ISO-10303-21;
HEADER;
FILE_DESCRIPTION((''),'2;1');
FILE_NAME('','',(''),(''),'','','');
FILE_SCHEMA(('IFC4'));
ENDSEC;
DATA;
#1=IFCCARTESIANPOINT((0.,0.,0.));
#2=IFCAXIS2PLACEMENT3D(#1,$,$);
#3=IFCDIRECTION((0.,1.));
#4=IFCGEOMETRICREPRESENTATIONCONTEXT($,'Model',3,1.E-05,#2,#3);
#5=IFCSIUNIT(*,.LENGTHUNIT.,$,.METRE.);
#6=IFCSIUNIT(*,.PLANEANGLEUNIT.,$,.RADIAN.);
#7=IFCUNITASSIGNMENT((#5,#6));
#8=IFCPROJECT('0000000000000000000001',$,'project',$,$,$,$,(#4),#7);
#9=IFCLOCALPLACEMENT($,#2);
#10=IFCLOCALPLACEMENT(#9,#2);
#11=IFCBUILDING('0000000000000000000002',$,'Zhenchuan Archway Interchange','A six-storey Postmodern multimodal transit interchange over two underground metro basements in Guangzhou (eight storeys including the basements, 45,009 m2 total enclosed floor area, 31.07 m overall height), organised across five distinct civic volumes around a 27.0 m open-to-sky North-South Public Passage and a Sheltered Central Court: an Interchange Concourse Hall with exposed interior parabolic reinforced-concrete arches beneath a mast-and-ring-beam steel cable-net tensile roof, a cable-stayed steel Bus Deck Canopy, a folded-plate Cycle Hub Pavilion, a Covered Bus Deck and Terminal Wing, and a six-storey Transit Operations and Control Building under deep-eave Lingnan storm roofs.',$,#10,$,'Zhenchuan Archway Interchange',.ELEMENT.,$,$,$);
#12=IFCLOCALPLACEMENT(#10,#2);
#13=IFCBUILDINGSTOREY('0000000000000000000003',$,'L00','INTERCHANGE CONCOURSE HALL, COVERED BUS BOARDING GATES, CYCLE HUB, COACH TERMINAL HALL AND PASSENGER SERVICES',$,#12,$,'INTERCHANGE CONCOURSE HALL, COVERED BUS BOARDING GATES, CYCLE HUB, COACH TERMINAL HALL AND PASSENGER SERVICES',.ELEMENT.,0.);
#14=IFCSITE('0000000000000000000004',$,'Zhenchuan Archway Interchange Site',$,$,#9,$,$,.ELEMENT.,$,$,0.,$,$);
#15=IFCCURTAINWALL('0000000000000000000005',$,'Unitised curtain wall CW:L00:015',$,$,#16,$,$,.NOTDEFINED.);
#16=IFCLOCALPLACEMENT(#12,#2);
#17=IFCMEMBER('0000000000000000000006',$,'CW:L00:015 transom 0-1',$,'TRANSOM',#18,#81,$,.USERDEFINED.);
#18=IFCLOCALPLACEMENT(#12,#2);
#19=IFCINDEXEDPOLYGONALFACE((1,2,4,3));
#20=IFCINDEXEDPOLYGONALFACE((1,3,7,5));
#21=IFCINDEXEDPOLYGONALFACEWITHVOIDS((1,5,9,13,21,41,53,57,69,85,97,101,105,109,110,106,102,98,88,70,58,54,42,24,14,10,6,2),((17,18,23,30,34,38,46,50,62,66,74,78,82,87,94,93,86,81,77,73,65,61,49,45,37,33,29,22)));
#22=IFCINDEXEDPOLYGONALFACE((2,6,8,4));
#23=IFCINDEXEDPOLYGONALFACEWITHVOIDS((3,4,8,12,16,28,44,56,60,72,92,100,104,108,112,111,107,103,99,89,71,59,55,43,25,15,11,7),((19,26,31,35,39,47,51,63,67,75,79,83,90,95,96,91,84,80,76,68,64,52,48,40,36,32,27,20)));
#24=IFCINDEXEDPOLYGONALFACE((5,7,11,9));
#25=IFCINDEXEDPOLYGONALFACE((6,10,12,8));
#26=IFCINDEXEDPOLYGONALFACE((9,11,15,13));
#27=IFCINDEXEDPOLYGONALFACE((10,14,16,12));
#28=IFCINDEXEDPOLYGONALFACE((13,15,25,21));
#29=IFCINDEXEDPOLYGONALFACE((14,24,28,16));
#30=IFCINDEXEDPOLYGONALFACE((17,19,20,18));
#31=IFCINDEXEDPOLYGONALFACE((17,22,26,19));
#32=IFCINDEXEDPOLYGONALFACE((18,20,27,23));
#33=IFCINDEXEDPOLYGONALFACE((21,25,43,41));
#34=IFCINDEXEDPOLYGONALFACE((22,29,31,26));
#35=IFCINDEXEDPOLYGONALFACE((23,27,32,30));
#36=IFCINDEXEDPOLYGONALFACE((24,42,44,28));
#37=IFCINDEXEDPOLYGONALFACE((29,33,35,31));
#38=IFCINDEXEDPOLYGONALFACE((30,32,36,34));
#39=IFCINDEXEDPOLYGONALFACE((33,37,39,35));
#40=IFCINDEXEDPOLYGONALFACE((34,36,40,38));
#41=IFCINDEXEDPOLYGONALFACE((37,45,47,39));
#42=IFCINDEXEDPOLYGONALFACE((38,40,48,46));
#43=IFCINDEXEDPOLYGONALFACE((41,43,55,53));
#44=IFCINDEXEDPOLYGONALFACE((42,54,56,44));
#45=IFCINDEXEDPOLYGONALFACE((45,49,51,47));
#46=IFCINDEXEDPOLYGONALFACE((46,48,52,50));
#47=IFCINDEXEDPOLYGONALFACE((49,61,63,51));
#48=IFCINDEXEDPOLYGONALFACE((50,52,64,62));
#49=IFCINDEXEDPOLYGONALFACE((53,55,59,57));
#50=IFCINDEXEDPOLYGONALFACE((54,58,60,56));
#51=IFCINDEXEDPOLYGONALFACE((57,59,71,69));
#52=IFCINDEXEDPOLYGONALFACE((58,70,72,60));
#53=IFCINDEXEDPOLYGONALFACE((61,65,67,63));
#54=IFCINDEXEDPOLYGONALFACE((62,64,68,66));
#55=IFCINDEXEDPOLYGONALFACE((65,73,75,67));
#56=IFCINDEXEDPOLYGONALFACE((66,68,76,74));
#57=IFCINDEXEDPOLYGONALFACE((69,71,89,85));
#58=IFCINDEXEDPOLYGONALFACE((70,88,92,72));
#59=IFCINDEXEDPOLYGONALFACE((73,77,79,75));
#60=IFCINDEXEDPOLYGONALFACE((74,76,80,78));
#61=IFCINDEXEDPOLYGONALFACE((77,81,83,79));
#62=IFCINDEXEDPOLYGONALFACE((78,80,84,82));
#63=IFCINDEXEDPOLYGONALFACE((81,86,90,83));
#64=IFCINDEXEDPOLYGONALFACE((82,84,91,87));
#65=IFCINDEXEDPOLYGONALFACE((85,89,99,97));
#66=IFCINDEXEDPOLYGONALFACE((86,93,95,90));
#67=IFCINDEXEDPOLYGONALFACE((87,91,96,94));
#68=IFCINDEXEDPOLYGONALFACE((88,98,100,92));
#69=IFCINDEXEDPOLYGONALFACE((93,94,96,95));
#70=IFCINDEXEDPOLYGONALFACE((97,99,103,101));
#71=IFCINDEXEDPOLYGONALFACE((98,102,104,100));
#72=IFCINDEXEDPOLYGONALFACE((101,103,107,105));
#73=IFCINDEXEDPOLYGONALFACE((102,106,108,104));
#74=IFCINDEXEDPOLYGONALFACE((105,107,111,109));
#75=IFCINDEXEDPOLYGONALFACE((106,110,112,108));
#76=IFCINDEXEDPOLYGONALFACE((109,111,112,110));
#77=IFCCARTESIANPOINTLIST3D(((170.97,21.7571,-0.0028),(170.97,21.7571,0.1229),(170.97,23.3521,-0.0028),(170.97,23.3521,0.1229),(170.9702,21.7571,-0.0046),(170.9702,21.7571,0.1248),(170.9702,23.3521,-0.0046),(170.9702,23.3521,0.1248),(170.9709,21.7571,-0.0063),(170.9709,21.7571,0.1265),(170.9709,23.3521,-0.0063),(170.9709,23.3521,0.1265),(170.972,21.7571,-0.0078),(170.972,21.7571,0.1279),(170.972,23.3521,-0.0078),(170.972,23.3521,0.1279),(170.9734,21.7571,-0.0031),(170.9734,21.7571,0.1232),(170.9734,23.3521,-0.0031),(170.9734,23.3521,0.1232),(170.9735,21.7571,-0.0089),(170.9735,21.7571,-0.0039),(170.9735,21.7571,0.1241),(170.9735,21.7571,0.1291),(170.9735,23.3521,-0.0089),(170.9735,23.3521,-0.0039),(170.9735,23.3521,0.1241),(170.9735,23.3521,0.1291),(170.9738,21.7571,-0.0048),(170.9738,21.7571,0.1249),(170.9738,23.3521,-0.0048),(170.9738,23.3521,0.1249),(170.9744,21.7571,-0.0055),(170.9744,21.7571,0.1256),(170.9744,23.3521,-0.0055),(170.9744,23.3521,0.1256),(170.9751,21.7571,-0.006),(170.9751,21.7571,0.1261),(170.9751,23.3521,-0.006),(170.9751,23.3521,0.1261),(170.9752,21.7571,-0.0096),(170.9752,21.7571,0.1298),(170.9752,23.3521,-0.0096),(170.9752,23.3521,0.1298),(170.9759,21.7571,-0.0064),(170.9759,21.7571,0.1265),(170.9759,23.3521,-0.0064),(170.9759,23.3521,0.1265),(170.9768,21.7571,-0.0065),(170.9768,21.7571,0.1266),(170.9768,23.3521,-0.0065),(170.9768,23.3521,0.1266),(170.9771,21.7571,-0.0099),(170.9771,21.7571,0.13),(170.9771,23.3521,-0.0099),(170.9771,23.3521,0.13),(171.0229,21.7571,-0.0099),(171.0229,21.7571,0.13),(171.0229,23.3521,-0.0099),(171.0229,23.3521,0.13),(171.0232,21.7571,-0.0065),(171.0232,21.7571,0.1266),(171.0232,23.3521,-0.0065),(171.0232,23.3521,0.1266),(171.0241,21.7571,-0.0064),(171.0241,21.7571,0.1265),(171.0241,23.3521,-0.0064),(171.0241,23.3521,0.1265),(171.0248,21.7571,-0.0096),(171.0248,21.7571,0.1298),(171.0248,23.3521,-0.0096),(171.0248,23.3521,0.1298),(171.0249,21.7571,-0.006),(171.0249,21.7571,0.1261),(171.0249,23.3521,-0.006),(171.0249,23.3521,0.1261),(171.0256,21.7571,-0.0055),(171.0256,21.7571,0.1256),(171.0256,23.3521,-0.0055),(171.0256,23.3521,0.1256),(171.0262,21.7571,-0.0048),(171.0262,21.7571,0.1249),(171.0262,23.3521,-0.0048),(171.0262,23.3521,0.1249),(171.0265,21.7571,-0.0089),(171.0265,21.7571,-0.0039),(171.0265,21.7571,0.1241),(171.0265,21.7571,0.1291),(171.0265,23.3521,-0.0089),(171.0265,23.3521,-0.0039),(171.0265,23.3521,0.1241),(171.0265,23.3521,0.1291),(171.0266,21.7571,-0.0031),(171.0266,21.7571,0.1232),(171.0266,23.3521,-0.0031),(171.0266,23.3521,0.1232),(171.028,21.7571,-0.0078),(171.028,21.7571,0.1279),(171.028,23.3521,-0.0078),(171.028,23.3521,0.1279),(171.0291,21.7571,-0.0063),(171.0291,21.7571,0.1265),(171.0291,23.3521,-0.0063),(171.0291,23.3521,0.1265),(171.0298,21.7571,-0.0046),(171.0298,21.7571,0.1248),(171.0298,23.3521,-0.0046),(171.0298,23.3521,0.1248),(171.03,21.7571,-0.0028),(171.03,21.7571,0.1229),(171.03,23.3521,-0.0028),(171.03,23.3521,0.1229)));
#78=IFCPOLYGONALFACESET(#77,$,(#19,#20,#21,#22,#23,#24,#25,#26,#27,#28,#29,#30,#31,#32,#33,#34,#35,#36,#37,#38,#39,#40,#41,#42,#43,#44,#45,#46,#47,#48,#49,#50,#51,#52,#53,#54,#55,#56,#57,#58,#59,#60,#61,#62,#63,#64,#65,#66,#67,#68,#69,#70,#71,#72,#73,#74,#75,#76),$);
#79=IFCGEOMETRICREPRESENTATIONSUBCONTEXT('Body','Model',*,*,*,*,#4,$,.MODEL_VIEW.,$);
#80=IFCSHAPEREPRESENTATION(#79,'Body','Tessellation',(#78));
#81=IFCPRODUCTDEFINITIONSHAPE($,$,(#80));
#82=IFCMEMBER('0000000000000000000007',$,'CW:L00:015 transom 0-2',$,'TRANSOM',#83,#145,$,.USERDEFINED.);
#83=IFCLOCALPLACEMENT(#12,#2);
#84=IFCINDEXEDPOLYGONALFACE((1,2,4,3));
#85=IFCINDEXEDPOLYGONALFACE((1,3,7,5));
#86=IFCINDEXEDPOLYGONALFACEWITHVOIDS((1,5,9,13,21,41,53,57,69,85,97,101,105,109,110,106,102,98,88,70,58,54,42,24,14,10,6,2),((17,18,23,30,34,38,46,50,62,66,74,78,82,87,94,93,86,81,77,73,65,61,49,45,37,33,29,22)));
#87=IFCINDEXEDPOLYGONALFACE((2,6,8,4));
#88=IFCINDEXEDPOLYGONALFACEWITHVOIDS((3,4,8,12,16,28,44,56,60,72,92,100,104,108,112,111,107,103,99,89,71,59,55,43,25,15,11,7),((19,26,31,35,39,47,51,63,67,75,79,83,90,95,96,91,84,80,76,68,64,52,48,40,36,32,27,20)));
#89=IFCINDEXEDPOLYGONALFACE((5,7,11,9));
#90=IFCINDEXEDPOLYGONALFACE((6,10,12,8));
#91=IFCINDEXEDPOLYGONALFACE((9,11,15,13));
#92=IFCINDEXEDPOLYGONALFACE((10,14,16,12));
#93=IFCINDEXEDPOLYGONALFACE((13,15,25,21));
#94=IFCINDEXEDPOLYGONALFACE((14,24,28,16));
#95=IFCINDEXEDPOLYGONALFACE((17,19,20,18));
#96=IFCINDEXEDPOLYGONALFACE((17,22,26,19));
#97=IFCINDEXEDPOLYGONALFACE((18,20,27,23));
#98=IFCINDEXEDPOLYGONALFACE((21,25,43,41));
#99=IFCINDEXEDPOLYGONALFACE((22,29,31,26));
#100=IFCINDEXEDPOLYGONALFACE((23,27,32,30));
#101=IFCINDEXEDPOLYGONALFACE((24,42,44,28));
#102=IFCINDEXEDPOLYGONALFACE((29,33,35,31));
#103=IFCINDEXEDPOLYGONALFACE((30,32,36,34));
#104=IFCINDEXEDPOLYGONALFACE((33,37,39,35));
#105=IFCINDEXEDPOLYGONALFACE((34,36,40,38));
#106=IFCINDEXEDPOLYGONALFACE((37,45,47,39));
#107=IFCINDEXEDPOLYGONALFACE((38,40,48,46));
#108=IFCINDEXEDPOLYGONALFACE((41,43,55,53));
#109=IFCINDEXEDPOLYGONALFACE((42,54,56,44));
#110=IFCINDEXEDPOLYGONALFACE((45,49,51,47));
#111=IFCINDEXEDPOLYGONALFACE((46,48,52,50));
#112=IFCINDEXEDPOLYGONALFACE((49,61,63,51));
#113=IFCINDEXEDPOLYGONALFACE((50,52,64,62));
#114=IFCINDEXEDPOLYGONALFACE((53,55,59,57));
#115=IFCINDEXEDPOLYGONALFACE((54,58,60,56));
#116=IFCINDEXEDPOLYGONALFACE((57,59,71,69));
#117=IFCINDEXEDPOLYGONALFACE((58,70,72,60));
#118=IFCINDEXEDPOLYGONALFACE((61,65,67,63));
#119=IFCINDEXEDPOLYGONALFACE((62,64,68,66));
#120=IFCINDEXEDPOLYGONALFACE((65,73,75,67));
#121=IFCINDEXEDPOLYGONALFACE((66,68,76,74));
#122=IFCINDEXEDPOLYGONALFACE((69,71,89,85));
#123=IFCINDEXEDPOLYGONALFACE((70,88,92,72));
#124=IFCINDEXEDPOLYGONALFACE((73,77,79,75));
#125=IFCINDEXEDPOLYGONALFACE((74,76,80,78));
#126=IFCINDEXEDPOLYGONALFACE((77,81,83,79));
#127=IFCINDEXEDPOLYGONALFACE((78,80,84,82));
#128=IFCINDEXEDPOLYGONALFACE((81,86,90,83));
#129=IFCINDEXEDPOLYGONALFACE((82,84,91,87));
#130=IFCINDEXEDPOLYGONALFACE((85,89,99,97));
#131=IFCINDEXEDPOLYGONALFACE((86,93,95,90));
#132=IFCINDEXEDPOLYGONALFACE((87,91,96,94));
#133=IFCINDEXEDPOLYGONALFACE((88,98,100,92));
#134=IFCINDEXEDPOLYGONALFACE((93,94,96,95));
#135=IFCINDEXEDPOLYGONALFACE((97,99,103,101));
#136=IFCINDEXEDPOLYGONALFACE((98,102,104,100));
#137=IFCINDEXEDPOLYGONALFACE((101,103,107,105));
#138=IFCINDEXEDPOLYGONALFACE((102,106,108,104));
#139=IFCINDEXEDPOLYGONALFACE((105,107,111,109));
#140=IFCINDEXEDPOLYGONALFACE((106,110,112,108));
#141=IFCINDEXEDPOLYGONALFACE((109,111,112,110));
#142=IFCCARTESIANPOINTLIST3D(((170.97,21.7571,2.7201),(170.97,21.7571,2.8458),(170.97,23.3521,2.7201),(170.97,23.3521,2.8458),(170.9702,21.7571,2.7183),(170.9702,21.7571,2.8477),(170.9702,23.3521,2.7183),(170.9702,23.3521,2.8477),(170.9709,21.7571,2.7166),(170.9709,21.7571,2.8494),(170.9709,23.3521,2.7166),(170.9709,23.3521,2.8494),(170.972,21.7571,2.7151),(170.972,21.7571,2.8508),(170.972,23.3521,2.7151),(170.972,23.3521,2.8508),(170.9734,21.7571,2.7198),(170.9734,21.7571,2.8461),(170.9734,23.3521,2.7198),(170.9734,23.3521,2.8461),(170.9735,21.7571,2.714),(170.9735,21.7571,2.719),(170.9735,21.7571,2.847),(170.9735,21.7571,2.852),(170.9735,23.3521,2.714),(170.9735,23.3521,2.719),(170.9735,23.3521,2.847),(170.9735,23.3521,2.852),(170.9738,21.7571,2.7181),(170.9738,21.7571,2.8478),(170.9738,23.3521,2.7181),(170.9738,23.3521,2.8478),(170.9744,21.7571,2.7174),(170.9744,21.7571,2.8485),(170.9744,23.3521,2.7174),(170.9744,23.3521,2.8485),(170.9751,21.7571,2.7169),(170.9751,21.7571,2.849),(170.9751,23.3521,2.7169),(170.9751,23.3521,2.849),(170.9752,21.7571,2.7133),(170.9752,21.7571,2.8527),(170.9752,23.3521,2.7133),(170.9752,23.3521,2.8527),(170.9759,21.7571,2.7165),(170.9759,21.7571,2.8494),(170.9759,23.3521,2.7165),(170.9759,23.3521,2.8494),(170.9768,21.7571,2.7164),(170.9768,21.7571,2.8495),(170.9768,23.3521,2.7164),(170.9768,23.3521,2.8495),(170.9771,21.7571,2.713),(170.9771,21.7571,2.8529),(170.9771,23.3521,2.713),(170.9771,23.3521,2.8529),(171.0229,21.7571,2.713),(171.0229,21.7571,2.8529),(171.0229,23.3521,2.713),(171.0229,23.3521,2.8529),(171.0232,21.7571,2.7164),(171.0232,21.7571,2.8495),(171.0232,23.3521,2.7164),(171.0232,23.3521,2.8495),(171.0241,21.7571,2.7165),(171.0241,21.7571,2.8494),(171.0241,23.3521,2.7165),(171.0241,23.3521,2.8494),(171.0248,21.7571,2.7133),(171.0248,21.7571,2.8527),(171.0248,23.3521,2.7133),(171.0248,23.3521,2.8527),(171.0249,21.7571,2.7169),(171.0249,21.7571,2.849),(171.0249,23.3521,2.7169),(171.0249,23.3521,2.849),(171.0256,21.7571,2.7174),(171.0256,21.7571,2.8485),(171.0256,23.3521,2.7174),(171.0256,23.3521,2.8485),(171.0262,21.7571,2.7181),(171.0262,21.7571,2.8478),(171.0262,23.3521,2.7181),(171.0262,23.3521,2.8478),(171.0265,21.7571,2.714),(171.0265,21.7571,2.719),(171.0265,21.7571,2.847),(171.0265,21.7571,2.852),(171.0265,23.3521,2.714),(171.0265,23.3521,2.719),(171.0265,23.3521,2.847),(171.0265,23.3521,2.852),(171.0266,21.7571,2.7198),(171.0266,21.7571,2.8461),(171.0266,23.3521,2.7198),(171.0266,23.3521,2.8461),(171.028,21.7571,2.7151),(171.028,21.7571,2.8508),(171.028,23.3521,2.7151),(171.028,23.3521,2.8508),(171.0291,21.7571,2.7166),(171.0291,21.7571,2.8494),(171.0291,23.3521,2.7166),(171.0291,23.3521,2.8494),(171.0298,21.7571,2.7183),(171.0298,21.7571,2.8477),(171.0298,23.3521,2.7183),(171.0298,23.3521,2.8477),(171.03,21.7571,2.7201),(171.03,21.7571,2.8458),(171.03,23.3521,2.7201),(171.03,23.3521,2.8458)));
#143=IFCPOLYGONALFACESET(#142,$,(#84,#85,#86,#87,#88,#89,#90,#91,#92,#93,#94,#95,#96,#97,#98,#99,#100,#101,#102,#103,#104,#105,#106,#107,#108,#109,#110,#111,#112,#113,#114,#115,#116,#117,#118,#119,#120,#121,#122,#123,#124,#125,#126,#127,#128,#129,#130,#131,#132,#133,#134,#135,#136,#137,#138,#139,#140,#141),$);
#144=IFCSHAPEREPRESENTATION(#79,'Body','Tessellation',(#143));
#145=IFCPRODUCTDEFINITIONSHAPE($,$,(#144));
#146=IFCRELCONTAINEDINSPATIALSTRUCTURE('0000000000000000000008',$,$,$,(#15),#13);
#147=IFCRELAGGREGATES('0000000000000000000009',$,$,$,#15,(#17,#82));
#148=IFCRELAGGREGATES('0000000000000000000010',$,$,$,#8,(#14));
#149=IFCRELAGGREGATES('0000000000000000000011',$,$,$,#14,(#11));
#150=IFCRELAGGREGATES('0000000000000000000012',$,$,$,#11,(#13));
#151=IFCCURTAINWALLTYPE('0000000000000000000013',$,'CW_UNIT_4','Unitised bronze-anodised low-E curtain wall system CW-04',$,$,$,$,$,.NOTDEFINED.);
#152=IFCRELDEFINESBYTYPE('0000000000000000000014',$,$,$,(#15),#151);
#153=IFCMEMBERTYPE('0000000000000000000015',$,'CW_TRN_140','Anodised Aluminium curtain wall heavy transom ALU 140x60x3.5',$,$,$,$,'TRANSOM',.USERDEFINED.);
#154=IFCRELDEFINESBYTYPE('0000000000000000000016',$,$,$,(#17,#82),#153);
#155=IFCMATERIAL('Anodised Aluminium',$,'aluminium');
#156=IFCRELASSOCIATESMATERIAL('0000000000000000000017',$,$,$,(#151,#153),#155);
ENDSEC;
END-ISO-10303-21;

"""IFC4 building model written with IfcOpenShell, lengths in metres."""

from ifc_helpers import new_model, si_unit, direction, frame, origin, origin_2d, place, context, subcontext, project, spatial, hollow_rectangle, extrude, material, material_profile, profile_set, type_object, element, aggregate, save


model = new_model("IFC4")

# Units and contexts
model_context = context("Model", 3, precision=1e-05, world=origin(), true_north=direction((0.0, 1.0)))
body_context = subcontext(model_context, "Body", "Model", "MODEL_VIEW")
ifc_project = project(units=[si_unit("LENGTHUNIT", "METRE"), si_unit("PLANEANGLEUNIT", "RADIAN")], contexts=[model_context])

# Site, building, storey
site_placement = place(None, origin())
site = spatial("IfcSite", under=ifc_project, at=site_placement, Name="Zhenchuan Archway Interchange Site", CompositionType="ELEMENT", RefElevation=0.0)
building_placement = place(site_placement, origin())
building = spatial("IfcBuilding", under=site, at=building_placement, Name="Zhenchuan Archway Interchange", Description="A six-storey Postmodern multimodal transit interchange over two underground metro basements in Guangzhou (eight storeys including the basements, 45,009 m2 total enclosed floor area, 31.07 m overall height), organised across five distinct civic volumes around a 27.0 m open-to-sky North-South Public Passage and a Sheltered Central Court: an Interchange Concourse Hall with exposed interior parabolic reinforced-concrete arches beneath a mast-and-ring-beam steel cable-net tensile roof, a cable-stayed steel Bus Deck Canopy, a folded-plate Cycle Hub Pavilion, a Covered Bus Deck and Terminal Wing, and a six-storey Transit Operations and Control Building under deep-eave Lingnan storm roofs.", LongName="Zhenchuan Archway Interchange", CompositionType="ELEMENT")
storey_placement = place(building_placement, origin())
storey = spatial("IfcBuildingStorey", under=building, at=storey_placement, Name="L00", Description="INTERCHANGE CONCOURSE HALL, COVERED BUS BOARDING GATES, CYCLE HUB, COACH TERMINAL HALL AND PASSENGER SERVICES", LongName="INTERCHANGE CONCOURSE HALL, COVERED BUS BOARDING GATES, CYCLE HUB, COACH TERMINAL HALL AND PASSENGER SERVICES", CompositionType="ELEMENT", Elevation=0.0)

# Curtain wall, members
ifc_material_1 = material(Name="Anodised Aluminium", Category="aluminium")
curtain_wall_type = type_object("IfcCurtainWallType", Name="CW_UNIT_4", Description="Unitised bronze-anodised low-E curtain wall system CW-04", PredefinedType="NOTDEFINED", material=ifc_material_1)
curtain_wall_placement = place(storey_placement, origin())
curtain_wall = element("IfcCurtainWall", 1, at=curtain_wall_placement, inside=storey, type_object=curtain_wall_type, Name="Unitised curtain wall CW:L00:015", PredefinedType="NOTDEFINED")
ifc_material_profile_1 = material_profile(ifc_material_1, hollow_rectangle(XDim=0.0601, YDim=0.1399, WallThickness=0.0034, InnerFilletRadius=0.0034, OuterFilletRadius=0.0071, at=origin_2d()), Name="ALU 140x60x3.5")
ifc_profile_set_1 = profile_set([ifc_material_profile_1], Name="Anodised Aluminium")
member_type_1 = type_object("IfcMemberType", Name="CW_TRN_140", Description="Anodised Aluminium curtain wall heavy transom ALU 140x60x3.5", ElementType="TRANSOM", PredefinedType="USERDEFINED", material=ifc_profile_set_1)
member_1_placement = place(storey_placement, frame((171.0, 23.3521, 0.0601), z_axis=(0.0, -1.0, 0.0), x_axis=(1.0, 0.0, 0.0)))
member_1 = element("IfcMember", 2, at=member_1_placement, type_object=member_type_1, Name="CW:L00:015 transom 0-1", ObjectType="TRANSOM", PredefinedType="USERDEFINED", context=body_context, shape_type="SweptSolid", body=[
    extrude(hollow_rectangle(XDim=0.0601, YDim=0.1399, WallThickness=0.0034, InnerFilletRadius=0.0034, OuterFilletRadius=0.0071, at=origin_2d()), origin(), (0.0, 0.0, 1.0), 1.595),
])
member_2_placement = place(storey_placement, frame((171.0, 23.3521, 2.783), z_axis=(0.0, -1.0, 0.0), x_axis=(1.0, 0.0, 0.0)))
member_2 = element("IfcMember", 3, at=member_2_placement, type_object=member_type_1, Name="CW:L00:015 transom 0-2", ObjectType="TRANSOM", PredefinedType="USERDEFINED", context=body_context, shape_type="SweptSolid", body=[
    extrude(hollow_rectangle(XDim=0.0601, YDim=0.1399, WallThickness=0.0034, InnerFilletRadius=0.0034, OuterFilletRadius=0.0071, at=origin_2d()), origin(), (0.0, 0.0, 1.0), 1.595),
])
aggregate(curtain_wall, [member_1, member_2])

save(model, "model.ifc")
